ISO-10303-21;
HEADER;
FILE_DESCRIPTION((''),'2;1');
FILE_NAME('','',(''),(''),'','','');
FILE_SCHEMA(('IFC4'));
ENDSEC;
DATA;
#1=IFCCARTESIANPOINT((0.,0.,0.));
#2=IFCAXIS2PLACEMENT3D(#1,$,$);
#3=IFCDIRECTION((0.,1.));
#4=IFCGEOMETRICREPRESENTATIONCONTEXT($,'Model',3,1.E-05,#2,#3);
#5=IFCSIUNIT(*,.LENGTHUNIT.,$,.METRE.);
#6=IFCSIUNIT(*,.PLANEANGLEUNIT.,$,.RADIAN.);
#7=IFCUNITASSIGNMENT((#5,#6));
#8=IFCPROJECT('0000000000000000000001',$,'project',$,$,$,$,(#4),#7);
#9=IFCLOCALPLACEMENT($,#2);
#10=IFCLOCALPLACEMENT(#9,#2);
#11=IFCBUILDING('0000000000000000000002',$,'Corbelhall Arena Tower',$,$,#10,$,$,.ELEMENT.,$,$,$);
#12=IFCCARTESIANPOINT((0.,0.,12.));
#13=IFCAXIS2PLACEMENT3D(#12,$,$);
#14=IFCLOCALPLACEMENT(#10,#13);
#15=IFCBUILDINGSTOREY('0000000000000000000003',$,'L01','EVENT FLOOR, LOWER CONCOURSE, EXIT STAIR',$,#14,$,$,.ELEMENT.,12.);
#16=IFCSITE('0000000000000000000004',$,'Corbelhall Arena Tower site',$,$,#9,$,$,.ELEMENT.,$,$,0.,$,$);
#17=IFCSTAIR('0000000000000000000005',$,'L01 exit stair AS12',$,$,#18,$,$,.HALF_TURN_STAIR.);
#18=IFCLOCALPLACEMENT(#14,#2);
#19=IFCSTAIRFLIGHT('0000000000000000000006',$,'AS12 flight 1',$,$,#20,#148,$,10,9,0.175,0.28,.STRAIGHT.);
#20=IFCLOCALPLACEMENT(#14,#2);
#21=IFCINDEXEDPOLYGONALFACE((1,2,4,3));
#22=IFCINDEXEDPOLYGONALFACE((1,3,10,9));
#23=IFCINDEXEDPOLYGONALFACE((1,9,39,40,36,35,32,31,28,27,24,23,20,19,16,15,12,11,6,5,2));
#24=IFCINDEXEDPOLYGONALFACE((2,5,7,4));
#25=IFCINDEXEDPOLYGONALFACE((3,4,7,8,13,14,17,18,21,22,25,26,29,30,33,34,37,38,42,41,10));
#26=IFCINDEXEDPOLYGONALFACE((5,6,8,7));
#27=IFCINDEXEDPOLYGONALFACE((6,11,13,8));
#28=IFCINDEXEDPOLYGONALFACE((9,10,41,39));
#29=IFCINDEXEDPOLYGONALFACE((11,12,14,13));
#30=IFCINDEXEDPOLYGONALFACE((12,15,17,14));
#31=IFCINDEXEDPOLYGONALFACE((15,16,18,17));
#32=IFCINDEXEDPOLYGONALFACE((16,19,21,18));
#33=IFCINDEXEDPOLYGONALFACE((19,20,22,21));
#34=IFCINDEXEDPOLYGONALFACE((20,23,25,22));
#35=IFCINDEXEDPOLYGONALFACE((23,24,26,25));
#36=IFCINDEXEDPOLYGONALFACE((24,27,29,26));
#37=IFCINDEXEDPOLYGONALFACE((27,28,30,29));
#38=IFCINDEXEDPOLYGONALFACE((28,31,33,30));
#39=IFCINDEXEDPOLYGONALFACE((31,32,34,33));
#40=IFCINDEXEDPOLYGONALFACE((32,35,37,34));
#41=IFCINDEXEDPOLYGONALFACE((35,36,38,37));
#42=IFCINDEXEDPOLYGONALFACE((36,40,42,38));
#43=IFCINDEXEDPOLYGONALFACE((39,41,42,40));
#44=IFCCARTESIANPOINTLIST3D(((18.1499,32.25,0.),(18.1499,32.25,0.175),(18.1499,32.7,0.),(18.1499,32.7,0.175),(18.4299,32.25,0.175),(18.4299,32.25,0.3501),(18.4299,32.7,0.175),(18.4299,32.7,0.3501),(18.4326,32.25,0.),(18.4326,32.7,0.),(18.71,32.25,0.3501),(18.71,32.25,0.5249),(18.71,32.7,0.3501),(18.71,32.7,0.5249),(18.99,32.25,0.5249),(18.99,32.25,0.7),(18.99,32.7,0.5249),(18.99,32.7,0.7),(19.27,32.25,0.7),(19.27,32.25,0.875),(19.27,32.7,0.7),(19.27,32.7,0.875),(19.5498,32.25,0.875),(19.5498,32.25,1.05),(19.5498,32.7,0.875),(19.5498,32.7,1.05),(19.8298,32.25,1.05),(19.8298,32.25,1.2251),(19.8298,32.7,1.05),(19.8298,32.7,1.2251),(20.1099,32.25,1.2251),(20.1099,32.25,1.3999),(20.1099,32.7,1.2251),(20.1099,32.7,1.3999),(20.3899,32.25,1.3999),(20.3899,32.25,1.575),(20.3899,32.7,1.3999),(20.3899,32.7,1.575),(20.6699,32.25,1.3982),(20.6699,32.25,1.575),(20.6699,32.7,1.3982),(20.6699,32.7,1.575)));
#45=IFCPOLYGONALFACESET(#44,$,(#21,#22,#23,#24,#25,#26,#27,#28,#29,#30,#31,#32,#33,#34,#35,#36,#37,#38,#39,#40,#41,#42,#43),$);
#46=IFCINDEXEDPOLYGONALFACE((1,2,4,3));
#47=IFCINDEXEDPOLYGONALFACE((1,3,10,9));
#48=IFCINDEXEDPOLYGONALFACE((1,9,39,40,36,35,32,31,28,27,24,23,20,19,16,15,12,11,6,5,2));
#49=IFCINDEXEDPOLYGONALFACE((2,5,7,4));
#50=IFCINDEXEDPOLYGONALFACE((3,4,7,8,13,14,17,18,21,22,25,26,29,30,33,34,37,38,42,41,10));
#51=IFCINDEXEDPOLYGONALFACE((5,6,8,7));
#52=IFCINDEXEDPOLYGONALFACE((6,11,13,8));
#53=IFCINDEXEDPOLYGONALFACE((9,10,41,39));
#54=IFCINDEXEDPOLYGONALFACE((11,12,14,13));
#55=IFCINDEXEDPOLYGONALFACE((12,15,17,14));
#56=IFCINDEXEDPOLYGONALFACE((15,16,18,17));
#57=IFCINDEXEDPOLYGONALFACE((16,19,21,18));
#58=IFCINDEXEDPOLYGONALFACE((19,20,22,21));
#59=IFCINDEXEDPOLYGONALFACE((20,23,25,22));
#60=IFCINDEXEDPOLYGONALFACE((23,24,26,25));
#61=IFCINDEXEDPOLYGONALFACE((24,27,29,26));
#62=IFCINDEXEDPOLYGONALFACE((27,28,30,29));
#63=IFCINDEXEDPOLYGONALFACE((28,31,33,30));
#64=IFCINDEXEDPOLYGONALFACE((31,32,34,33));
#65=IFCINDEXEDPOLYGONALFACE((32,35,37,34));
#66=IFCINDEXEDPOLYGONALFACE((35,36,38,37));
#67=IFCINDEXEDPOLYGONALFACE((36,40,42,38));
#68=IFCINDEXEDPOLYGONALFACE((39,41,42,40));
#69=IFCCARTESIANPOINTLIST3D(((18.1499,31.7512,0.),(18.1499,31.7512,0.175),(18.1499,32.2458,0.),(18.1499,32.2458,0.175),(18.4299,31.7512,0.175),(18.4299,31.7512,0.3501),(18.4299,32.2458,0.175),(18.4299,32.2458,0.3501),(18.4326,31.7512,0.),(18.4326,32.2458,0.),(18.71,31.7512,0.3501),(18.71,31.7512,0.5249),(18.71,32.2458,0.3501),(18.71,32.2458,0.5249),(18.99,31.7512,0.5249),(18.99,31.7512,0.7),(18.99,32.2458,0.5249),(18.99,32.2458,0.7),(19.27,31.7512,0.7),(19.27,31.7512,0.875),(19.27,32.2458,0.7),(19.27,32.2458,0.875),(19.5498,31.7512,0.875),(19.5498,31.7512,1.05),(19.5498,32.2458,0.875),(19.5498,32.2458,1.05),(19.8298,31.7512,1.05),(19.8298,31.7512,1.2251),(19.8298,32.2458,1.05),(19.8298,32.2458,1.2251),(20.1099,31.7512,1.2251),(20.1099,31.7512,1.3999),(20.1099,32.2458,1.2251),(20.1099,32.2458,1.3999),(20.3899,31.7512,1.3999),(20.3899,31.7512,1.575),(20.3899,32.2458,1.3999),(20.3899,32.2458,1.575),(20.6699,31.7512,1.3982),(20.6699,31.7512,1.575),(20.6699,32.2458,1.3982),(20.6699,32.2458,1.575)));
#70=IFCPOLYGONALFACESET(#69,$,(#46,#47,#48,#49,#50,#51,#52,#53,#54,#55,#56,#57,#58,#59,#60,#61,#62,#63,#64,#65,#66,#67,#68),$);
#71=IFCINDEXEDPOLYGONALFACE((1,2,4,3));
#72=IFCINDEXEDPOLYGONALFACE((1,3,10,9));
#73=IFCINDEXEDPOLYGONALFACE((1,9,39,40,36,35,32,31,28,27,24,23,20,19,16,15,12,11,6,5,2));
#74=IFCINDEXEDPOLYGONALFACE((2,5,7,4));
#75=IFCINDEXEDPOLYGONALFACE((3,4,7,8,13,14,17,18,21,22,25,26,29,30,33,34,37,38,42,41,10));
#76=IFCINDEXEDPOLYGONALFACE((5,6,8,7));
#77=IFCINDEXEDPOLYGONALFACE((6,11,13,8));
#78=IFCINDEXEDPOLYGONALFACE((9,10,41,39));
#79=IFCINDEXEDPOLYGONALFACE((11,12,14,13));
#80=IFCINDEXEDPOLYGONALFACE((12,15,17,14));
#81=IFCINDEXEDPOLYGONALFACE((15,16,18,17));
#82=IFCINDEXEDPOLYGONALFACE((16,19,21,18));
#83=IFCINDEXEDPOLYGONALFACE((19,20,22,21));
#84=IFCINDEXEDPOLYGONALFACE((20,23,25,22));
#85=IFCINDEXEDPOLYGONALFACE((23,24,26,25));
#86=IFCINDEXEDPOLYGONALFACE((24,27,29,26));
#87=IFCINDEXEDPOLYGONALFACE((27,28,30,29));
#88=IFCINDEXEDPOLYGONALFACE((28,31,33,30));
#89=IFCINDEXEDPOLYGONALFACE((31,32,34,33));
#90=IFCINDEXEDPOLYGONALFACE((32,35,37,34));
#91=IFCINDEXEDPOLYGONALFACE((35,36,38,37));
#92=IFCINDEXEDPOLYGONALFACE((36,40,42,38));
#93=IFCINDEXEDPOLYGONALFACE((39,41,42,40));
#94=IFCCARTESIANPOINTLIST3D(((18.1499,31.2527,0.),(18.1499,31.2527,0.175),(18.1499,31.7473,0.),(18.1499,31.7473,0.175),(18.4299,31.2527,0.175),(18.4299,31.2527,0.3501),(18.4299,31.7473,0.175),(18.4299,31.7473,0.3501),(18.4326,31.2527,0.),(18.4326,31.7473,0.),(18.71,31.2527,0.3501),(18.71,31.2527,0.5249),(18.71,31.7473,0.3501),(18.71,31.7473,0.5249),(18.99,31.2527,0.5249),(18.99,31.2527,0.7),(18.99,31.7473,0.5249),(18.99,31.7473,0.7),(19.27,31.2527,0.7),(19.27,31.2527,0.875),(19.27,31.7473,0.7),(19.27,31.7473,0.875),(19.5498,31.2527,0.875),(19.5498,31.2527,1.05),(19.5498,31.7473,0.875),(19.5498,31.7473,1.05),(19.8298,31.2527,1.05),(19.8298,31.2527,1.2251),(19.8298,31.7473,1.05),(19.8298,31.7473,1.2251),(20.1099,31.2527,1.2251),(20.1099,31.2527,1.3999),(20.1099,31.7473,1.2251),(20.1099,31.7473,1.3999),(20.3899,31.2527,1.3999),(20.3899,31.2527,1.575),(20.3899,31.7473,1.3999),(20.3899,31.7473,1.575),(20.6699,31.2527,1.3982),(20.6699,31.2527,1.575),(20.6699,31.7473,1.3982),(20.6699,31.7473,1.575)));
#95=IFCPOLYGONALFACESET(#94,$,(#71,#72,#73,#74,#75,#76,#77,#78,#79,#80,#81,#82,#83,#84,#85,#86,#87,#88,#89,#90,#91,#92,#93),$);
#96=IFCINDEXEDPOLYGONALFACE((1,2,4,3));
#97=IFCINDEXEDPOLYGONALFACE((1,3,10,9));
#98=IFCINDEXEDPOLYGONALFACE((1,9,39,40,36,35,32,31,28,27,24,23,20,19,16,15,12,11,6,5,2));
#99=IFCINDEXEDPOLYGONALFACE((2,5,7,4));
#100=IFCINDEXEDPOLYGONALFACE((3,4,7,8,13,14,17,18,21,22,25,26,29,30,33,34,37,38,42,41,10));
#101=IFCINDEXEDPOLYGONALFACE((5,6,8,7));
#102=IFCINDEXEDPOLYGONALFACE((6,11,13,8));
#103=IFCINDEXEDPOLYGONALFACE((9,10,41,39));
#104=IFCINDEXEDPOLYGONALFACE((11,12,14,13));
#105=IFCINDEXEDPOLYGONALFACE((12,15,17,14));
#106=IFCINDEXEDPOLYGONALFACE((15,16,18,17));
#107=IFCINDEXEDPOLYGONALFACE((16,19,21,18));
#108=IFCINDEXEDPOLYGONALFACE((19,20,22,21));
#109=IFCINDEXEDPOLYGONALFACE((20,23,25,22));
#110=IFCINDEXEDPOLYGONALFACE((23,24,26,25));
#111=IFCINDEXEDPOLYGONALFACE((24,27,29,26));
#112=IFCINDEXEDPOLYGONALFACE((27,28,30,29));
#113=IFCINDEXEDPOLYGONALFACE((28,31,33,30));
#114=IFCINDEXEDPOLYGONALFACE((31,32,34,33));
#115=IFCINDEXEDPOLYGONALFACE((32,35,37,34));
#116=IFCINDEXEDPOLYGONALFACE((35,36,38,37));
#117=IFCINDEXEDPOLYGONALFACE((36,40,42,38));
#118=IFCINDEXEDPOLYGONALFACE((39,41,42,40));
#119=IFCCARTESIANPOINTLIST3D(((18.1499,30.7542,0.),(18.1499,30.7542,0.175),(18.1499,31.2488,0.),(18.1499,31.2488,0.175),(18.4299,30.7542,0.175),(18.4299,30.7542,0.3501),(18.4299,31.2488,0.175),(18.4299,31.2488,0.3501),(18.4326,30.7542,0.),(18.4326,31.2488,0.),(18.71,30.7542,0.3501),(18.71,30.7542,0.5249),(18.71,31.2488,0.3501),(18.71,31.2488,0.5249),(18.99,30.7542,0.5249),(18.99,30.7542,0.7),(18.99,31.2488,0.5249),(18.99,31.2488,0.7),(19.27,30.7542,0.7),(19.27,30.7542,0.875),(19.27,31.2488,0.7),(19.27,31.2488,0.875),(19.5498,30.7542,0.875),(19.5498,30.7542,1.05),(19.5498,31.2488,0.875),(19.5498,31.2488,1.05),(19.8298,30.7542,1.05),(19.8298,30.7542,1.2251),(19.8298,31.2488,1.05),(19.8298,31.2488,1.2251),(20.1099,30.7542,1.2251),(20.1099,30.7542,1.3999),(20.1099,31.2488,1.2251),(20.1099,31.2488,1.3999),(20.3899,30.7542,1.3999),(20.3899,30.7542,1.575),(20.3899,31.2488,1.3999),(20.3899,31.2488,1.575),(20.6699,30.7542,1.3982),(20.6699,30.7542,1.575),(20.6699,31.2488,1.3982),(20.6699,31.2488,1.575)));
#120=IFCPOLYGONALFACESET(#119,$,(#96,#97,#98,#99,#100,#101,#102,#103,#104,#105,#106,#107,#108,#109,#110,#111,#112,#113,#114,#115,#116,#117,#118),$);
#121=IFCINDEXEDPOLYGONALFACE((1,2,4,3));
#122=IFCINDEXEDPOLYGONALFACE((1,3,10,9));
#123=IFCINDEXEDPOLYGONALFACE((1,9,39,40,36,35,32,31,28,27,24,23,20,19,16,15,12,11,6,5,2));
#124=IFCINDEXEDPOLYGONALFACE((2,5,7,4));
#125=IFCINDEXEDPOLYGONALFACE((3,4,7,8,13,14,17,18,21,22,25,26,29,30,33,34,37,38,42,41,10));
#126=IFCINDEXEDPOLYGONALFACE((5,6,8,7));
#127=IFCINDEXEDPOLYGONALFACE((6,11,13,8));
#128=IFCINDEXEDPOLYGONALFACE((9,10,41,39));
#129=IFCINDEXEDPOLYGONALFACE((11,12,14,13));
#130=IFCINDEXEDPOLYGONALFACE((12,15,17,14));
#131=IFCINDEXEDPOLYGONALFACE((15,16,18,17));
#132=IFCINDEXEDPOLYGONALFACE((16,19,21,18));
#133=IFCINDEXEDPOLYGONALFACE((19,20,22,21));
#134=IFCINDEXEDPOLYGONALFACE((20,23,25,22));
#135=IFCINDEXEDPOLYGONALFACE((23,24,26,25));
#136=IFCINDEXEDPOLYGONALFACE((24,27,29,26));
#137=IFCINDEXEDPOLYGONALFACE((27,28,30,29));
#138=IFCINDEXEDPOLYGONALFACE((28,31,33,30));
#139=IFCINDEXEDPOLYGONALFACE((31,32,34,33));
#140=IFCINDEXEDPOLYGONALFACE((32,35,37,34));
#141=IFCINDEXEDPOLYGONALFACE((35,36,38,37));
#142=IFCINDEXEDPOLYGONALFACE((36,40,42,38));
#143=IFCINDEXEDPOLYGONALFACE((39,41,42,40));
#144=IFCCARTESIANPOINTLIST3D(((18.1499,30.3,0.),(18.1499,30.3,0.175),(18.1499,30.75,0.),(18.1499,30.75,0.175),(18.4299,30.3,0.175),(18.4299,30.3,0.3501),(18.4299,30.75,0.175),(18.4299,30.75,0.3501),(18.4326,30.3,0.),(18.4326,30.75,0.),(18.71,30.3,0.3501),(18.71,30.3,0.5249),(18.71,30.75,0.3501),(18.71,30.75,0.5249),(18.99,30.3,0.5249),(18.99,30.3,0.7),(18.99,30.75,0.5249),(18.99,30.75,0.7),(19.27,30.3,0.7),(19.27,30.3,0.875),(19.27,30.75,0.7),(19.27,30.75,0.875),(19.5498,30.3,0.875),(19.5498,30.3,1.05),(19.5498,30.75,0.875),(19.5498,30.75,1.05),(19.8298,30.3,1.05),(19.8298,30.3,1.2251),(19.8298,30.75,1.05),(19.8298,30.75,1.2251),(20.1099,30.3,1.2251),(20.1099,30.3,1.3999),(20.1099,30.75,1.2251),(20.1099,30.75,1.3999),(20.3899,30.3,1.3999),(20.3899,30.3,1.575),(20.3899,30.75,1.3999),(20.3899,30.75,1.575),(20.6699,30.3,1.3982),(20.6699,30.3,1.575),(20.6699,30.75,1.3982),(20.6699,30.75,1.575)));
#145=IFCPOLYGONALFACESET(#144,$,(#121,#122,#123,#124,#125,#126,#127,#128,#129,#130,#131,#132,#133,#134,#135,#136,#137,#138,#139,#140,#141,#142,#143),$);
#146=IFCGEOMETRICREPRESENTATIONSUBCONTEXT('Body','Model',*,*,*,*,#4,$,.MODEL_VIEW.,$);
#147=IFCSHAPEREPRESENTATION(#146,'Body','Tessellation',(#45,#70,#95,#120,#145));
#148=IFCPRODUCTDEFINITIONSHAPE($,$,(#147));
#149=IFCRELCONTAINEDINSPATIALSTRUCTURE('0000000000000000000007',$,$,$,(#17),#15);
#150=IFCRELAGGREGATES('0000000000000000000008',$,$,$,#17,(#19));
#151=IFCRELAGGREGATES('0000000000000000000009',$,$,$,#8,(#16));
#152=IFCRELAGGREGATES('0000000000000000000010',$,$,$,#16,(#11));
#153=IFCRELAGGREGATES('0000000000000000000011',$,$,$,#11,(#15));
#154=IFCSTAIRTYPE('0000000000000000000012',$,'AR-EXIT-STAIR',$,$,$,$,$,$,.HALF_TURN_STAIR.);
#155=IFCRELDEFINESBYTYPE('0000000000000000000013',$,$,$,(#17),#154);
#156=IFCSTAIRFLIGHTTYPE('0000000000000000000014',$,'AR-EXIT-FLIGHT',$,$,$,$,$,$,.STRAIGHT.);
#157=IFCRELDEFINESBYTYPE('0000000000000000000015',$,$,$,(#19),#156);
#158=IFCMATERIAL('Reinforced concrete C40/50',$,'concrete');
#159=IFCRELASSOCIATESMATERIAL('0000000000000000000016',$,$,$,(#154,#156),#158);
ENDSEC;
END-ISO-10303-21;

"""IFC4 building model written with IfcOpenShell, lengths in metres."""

from ifc_helpers import new_model, si_unit, direction, frame, origin, place, context, subcontext, project, spatial, polyline, outline, extrude, material, type_object, element, aggregate, save


model = new_model("IFC4")

# Units and contexts
model_context = context("Model", 3, precision=1e-05, world=origin(), true_north=direction((0.0, 1.0)))
body_context = subcontext(model_context, "Body", "Model", "MODEL_VIEW")
ifc_project = project(units=[si_unit("LENGTHUNIT", "METRE"), si_unit("PLANEANGLEUNIT", "RADIAN")], contexts=[model_context])

# Site, building, storey
site_placement = place(None, origin())
site = spatial("IfcSite", under=ifc_project, at=site_placement, Name="Corbelhall Arena Tower site", CompositionType="ELEMENT", RefElevation=0.0)
building_placement = place(site_placement, origin())
building = spatial("IfcBuilding", under=site, at=building_placement, Name="Corbelhall Arena Tower", CompositionType="ELEMENT")
storey_placement = place(building_placement, frame((0.0, 0.0, 12.0)))
storey = spatial("IfcBuildingStorey", under=building, at=storey_placement, Name="L01", Description="EVENT FLOOR, LOWER CONCOURSE, EXIT STAIR", CompositionType="ELEMENT", Elevation=12.0)

# Stair, stair flight
ifc_material_1 = material(Name="Reinforced concrete C40/50", Category="concrete")
stair_type = type_object("IfcStairType", Name="AR-EXIT-STAIR", PredefinedType="HALF_TURN_STAIR", material=ifc_material_1)
stair_placement = place(storey_placement, origin())
stair = element("IfcStair", 1, at=stair_placement, inside=storey, type_object=stair_type, Name="L01 exit stair AS12", PredefinedType="HALF_TURN_STAIR")
stair_flight_type = type_object("IfcStairFlightType", Name="AR-EXIT-FLIGHT", PredefinedType="STRAIGHT", material=ifc_material_1)
stair_flight_1_placement = place(storey_placement, frame((18.1499, 31.5, 0.0), z_axis=(0.0, 0.0, 1.0), x_axis=(1.0, 0.0, 0.0)))
stair_flight_1 = element("IfcStairFlight", 2, at=stair_flight_1_placement, type_object=stair_flight_type, Name="AS12 flight 1", NumberOfRisers=10, NumberOfTreads=9, PredefinedType="STRAIGHT", RiserHeight=0.175, TreadLength=0.28, context=body_context, shape_type="SweptSolid", body=[
    extrude(outline(polyline([(0.0, 0.0), (0.0, 0.175), (0.28, 0.175), (0.28, 0.3501), (0.5601, 0.3501), (0.5601, 0.5249), (0.8401, 0.5249), (0.8401, 0.7), (1.1201, 0.7), (1.1201, 0.875), (1.3999, 0.875), (1.3999, 1.05), (1.6799, 1.05), (1.6799, 1.2251), (1.96, 1.2251), (1.96, 1.3999), (2.24, 1.3999), (2.24, 1.575), (2.52, 1.575), (2.52, 1.75), (2.52, 1.3982), (0.2827, 0.0), (0.0, 0.0)])), frame((0.0, 1.2, 0.0), z_axis=(0.0, -1.0, 0.0), x_axis=(1.0, 0.0, 0.0)), (0.0, 0.0, 1.0), 0.45),
    extrude(outline(polyline([(0.0, 0.0), (0.0, 0.175), (0.28, 0.175), (0.28, 0.3501), (0.5601, 0.3501), (0.5601, 0.5249), (0.8401, 0.5249), (0.8401, 0.7), (1.1201, 0.7), (1.1201, 0.875), (1.3999, 0.875), (1.3999, 1.05), (1.6799, 1.05), (1.6799, 1.2251), (1.96, 1.2251), (1.96, 1.3999), (2.24, 1.3999), (2.24, 1.575), (2.52, 1.575), (2.52, 1.75), (2.52, 1.3982), (0.2827, 0.0), (0.0, 0.0)])), frame((0.0, 0.7458, 0.0), z_axis=(0.0, -1.0, 0.0), x_axis=(1.0, 0.0, 0.0)), (0.0, 0.0, 1.0), 0.4946),
    extrude(outline(polyline([(0.0, 0.0), (0.0, 0.175), (0.28, 0.175), (0.28, 0.3501), (0.5601, 0.3501), (0.5601, 0.5249), (0.8401, 0.5249), (0.8401, 0.7), (1.1201, 0.7), (1.1201, 0.875), (1.3999, 0.875), (1.3999, 1.05), (1.6799, 1.05), (1.6799, 1.2251), (1.96, 1.2251), (1.96, 1.3999), (2.24, 1.3999), (2.24, 1.575), (2.52, 1.575), (2.52, 1.75), (2.52, 1.3982), (0.2827, 0.0), (0.0, 0.0)])), frame((0.0, 0.2473, 0.0), z_axis=(0.0, -1.0, 0.0), x_axis=(1.0, 0.0, 0.0)), (0.0, 0.0, 1.0), 0.4946),
    extrude(outline(polyline([(0.0, 0.0), (0.0, 0.175), (0.28, 0.175), (0.28, 0.3501), (0.5601, 0.3501), (0.5601, 0.5249), (0.8401, 0.5249), (0.8401, 0.7), (1.1201, 0.7), (1.1201, 0.875), (1.3999, 0.875), (1.3999, 1.05), (1.6799, 1.05), (1.6799, 1.2251), (1.96, 1.2251), (1.96, 1.3999), (2.24, 1.3999), (2.24, 1.575), (2.52, 1.575), (2.52, 1.75), (2.52, 1.3982), (0.2827, 0.0), (0.0, 0.0)])), frame((0.0, -0.2512, 0.0), z_axis=(0.0, -1.0, 0.0), x_axis=(1.0, 0.0, 0.0)), (0.0, 0.0, 1.0), 0.4946),
    extrude(outline(polyline([(0.0, 0.0), (0.0, 0.175), (0.28, 0.175), (0.28, 0.3501), (0.5601, 0.3501), (0.5601, 0.5249), (0.8401, 0.5249), (0.8401, 0.7), (1.1201, 0.7), (1.1201, 0.875), (1.3999, 0.875), (1.3999, 1.05), (1.6799, 1.05), (1.6799, 1.2251), (1.96, 1.2251), (1.96, 1.3999), (2.24, 1.3999), (2.24, 1.575), (2.52, 1.575), (2.52, 1.75), (2.52, 1.3982), (0.2827, 0.0), (0.0, 0.0)])), frame((0.0, -0.75, 0.0), z_axis=(0.0, -1.0, 0.0), x_axis=(1.0, 0.0, 0.0)), (0.0, 0.0, 1.0), 0.45),
])
aggregate(stair, [stair_flight_1])

save(model, "model.ifc")
